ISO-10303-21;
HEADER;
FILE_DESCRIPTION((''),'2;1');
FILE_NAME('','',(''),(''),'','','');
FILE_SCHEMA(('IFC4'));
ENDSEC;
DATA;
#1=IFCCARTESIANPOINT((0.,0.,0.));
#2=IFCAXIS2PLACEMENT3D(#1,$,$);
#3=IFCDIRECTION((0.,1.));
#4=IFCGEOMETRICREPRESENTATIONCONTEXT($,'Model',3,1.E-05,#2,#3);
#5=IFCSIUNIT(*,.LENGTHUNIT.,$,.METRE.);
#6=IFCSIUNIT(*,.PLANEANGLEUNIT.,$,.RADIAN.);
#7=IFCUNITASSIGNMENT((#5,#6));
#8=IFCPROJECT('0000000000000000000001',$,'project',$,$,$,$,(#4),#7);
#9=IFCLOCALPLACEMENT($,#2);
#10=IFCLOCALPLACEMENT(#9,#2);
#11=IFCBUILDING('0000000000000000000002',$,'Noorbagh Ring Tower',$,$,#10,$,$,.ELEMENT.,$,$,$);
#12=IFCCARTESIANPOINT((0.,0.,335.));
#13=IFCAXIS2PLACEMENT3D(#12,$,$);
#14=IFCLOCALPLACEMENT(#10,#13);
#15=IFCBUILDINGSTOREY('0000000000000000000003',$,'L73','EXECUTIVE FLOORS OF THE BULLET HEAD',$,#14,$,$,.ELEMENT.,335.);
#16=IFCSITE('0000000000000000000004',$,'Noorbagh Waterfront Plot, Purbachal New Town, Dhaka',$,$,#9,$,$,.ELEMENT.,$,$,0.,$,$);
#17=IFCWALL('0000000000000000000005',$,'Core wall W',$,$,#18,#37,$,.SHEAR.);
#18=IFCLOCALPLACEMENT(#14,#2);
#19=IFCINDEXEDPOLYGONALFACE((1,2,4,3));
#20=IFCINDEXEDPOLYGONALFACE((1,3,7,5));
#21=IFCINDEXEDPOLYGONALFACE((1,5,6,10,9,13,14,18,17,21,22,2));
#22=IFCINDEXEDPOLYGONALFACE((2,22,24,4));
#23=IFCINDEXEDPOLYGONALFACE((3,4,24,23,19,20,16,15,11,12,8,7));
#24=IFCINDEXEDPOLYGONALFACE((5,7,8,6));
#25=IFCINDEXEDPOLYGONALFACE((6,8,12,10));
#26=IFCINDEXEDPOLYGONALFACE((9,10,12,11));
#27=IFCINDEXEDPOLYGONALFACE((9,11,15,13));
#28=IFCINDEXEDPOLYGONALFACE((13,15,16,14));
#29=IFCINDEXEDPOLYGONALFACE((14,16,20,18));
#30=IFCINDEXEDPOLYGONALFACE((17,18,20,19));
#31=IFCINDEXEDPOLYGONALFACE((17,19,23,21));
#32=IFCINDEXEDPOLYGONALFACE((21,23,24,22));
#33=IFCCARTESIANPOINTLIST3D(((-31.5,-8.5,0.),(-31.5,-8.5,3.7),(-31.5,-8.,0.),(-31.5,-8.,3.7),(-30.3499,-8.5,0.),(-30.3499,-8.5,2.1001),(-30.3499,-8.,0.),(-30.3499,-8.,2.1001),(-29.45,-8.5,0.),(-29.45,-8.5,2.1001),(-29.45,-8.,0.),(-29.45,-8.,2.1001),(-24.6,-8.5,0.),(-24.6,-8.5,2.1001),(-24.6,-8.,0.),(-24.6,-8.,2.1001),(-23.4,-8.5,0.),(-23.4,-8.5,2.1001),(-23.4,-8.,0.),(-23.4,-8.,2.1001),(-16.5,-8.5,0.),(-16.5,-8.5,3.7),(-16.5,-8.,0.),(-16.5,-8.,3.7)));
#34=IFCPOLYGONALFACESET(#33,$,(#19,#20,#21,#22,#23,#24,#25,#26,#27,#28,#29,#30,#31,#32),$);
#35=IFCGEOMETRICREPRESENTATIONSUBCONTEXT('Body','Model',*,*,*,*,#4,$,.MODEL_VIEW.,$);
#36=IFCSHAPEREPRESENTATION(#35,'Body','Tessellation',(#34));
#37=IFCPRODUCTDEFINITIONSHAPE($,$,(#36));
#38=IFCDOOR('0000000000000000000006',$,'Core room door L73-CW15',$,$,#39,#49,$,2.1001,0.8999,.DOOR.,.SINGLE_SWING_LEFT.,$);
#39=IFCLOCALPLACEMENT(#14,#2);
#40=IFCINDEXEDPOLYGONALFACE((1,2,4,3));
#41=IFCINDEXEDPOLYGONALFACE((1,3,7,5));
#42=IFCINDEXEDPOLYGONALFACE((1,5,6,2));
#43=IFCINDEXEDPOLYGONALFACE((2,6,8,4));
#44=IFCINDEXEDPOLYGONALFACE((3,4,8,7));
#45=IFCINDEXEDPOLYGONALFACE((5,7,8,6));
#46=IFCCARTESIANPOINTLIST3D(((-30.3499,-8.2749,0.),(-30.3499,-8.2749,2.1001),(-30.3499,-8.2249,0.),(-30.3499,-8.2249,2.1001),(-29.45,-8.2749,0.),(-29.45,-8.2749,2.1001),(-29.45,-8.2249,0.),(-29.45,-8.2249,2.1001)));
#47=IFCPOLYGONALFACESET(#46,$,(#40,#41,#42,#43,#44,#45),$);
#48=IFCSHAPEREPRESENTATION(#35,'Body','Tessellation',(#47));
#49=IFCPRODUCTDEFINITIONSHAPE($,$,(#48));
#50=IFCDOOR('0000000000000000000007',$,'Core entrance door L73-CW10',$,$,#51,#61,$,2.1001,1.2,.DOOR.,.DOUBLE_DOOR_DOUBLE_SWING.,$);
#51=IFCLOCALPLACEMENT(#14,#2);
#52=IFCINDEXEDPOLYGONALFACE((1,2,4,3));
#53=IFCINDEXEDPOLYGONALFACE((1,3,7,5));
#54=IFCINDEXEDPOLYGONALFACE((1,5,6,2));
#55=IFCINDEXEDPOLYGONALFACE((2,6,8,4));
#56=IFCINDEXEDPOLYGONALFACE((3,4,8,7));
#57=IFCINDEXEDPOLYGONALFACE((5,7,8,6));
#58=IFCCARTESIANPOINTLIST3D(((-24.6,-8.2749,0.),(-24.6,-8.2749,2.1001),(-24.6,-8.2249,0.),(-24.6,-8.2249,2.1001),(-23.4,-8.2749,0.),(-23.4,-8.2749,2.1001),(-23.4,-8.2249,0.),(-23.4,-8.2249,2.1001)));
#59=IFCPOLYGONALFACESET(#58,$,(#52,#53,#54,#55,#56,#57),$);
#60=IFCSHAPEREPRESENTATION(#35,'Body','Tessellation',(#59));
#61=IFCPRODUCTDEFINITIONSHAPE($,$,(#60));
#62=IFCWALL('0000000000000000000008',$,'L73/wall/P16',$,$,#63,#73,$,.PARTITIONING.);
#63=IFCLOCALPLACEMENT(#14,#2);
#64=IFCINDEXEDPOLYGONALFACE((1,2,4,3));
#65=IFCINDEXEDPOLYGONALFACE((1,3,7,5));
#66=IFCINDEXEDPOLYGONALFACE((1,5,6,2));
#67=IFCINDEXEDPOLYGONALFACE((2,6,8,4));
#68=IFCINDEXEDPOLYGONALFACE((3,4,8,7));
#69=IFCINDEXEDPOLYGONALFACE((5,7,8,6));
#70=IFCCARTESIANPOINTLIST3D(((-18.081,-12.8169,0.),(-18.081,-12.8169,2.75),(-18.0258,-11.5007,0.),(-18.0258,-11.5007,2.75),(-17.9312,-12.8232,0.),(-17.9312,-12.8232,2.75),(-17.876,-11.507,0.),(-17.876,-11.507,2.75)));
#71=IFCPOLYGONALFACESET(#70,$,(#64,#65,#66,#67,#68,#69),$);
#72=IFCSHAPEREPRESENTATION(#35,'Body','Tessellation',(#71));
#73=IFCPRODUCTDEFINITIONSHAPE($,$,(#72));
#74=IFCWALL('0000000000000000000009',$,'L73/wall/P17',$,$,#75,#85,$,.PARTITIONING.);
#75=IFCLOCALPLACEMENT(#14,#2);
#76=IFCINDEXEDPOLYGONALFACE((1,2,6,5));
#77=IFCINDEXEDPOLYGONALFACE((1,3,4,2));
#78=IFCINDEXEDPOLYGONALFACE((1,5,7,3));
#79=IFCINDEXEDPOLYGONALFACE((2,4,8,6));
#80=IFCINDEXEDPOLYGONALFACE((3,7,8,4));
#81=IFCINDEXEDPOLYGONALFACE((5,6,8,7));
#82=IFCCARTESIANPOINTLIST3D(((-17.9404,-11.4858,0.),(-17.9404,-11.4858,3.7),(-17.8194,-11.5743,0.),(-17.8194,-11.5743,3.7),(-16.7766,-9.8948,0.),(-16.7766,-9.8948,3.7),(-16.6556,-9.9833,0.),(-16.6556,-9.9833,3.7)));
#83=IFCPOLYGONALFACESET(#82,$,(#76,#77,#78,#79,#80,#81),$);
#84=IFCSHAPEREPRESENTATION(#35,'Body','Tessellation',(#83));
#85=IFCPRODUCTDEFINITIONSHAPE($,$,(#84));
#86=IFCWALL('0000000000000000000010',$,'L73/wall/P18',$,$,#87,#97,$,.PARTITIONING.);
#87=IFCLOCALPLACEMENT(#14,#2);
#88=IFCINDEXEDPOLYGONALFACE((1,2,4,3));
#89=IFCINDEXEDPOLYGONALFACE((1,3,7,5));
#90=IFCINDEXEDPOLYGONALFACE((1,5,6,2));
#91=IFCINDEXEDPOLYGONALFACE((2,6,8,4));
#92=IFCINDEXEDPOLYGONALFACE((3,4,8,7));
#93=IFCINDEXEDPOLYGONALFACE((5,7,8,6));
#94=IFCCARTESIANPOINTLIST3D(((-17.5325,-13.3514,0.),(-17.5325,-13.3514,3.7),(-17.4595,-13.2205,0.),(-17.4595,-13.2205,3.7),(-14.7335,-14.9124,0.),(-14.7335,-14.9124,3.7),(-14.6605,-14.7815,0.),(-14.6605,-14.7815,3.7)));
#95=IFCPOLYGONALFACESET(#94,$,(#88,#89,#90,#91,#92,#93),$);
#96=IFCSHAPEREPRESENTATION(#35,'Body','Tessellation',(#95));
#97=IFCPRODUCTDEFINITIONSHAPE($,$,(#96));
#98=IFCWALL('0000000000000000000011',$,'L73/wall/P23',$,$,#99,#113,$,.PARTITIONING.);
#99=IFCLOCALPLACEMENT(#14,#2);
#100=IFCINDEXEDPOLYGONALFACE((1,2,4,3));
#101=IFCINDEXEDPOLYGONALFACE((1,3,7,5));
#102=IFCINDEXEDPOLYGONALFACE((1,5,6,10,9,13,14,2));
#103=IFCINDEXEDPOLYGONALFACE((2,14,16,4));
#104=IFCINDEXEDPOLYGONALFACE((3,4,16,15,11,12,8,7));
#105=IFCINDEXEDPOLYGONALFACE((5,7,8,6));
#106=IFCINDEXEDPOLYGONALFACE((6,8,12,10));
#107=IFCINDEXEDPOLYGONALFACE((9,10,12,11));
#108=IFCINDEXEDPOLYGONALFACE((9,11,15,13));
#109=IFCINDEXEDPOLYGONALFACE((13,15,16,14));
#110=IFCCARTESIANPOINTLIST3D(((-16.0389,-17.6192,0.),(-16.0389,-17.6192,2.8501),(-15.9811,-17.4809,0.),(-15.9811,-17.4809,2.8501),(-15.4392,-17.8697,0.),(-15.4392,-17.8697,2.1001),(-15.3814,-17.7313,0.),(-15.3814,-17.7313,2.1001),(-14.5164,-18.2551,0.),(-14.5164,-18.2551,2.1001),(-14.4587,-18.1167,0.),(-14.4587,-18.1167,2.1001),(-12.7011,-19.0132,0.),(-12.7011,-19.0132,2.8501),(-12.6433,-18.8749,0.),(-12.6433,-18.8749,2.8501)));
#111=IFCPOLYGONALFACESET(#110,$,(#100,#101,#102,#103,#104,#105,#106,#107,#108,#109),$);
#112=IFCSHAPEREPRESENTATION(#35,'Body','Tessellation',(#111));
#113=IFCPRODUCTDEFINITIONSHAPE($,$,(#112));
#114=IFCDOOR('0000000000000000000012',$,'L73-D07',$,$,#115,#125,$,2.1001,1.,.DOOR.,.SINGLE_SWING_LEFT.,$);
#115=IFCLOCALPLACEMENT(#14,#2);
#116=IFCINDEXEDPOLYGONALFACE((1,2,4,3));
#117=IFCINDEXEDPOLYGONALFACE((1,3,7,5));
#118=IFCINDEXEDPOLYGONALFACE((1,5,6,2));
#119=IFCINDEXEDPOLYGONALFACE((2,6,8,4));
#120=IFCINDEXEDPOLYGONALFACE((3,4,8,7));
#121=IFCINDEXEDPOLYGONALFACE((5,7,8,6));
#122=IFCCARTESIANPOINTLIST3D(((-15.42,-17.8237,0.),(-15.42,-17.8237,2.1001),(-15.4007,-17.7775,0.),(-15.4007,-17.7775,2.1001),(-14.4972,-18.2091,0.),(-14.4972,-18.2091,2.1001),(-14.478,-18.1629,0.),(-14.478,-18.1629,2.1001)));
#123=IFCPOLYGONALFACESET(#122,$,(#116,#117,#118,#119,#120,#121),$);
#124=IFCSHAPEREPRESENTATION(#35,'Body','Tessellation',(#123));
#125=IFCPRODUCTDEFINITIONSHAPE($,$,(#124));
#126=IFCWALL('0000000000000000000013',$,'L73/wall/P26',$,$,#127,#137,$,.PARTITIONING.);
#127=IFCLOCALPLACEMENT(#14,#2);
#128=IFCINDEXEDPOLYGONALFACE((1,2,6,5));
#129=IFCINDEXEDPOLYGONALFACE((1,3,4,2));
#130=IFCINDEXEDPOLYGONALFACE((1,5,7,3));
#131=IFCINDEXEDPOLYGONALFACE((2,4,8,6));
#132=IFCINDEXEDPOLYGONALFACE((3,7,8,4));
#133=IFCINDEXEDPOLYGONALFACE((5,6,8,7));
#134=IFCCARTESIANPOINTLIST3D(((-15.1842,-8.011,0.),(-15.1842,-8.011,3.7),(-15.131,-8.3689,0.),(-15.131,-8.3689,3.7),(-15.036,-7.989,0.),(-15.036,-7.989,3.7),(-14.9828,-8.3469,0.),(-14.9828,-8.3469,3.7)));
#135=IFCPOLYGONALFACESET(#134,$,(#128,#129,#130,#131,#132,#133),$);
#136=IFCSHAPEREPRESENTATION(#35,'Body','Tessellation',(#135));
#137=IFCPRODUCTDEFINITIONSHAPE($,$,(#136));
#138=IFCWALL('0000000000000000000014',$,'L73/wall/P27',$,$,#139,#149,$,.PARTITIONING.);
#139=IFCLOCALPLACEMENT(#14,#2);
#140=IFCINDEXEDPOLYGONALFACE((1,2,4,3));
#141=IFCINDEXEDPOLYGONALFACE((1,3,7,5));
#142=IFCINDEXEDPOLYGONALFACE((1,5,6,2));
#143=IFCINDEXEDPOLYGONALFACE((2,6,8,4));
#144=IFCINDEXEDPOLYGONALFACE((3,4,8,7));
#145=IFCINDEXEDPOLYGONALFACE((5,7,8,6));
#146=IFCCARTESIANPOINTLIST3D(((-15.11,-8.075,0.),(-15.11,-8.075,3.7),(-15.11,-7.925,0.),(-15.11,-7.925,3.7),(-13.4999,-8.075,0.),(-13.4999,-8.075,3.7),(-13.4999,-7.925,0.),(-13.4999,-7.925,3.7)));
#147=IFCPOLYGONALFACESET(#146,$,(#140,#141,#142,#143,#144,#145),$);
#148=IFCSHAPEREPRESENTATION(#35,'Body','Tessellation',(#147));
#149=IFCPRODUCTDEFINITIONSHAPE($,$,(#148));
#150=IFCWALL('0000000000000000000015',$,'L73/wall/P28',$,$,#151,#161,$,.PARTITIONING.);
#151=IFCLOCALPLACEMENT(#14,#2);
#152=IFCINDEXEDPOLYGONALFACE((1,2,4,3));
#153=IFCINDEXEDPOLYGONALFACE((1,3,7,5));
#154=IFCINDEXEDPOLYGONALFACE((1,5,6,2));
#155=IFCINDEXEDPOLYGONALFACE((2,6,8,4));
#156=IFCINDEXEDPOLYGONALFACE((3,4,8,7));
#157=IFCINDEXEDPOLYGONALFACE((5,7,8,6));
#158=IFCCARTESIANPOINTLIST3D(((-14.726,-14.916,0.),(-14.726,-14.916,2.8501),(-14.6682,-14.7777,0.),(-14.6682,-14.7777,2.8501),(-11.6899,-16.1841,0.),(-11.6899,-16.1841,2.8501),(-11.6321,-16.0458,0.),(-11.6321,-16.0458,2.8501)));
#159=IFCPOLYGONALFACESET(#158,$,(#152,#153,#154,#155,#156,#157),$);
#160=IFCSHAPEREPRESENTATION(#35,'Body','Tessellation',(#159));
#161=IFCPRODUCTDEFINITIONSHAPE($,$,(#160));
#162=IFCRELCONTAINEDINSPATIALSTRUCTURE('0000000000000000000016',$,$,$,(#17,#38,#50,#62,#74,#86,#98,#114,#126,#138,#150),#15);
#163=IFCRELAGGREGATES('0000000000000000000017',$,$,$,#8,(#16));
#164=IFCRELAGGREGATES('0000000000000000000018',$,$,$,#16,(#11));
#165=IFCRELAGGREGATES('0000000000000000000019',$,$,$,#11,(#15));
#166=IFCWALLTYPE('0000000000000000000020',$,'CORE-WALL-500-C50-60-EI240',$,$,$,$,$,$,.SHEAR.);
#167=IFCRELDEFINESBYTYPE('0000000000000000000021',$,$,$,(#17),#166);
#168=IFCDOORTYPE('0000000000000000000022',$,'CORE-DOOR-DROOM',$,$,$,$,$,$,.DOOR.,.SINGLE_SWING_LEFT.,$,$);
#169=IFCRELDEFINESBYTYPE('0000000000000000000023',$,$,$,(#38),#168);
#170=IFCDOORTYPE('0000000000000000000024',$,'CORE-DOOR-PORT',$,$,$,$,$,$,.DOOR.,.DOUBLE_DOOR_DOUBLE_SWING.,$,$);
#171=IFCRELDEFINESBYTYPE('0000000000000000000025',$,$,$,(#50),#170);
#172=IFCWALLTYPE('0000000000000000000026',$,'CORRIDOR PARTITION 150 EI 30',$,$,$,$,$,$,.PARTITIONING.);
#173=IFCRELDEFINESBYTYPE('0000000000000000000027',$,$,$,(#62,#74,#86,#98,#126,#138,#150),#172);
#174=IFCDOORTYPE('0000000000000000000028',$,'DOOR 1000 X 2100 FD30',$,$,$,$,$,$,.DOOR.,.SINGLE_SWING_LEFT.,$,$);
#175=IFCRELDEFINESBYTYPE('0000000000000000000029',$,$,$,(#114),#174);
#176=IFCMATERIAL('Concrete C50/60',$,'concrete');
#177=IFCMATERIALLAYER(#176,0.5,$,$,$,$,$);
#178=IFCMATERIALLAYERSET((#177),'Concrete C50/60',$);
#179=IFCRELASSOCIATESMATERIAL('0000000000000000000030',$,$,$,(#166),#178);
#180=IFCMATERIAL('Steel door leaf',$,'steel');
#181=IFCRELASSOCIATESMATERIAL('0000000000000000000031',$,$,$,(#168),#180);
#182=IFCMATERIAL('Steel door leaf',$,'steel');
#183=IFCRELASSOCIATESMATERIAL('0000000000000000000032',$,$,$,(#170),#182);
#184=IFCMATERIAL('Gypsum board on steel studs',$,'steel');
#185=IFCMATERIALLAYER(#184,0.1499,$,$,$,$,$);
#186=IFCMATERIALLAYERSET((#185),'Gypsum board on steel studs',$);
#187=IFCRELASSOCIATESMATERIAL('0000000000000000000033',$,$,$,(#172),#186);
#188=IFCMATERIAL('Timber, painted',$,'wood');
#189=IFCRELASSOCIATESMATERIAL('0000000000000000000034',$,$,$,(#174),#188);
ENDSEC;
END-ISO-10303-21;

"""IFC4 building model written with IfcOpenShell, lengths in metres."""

from ifc_helpers import new_model, si_unit, direction, frame, frame_2d, origin, place, context, subcontext, project, spatial, rectangle, extrude, material, layer, layer_set, type_object, element, fill, save


model = new_model("IFC4")

# Units and contexts
model_context = context("Model", 3, precision=1e-05, world=origin(), true_north=direction((0.0, 1.0)))
body_context = subcontext(model_context, "Body", "Model", "MODEL_VIEW")
ifc_project = project(units=[si_unit("LENGTHUNIT", "METRE"), si_unit("PLANEANGLEUNIT", "RADIAN")], contexts=[model_context])

# Site, building, storey
site_placement = place(None, origin())
site = spatial("IfcSite", under=ifc_project, at=site_placement, Name="Noorbagh Waterfront Plot, Purbachal New Town, Dhaka", CompositionType="ELEMENT", RefElevation=0.0)
building_placement = place(site_placement, origin())
building = spatial("IfcBuilding", under=site, at=building_placement, Name="Noorbagh Ring Tower", CompositionType="ELEMENT")
storey_placement = place(building_placement, frame((0.0, 0.0, 335.0)))
storey = spatial("IfcBuildingStorey", under=building, at=storey_placement, Name="L73", Description="EXECUTIVE FLOORS OF THE BULLET HEAD", CompositionType="ELEMENT", Elevation=335.0)

# Wall, openings, doors
ifc_material_1 = material(Name="Concrete C50/60", Category="concrete")
ifc_layer_1 = layer(ifc_material_1, 0.5)
ifc_layer_set_1 = layer_set([ifc_layer_1], Name="Concrete C50/60")
wall_type_1 = type_object("IfcWallType", Name="CORE-WALL-500-C50-60-EI240", PredefinedType="SHEAR", material=ifc_layer_set_1)
wall_1_placement = place(storey_placement, frame((-16.5, -8.25, 0.0), z_axis=(0.0, 0.0, 1.0), x_axis=(-1.0, 0.0, 0.0)))
wall_1 = element("IfcWall", 1, at=wall_1_placement, inside=storey, type_object=wall_type_1, Name="Core wall W", PredefinedType="SHEAR", context=body_context, shape_type="SweptSolid", body=[
    extrude(rectangle(XDim=15.0, YDim=0.5, at=frame_2d((7.5, 0.0))), origin(), (0.0, 0.0, 1.0), 3.7),
])
opening_1_placement = place(wall_1_placement, frame((6.8999, 0.0, 0.0)))
opening_1 = element("IfcOpeningElement", 2, at=opening_1_placement, cuts=wall_1, PredefinedType="OPENING", context=body_context, shape_type="SweptSolid", body=[
    extrude(rectangle(XDim=1.2, YDim=2.1001, at=frame_2d((0.6001, 1.05))), frame((0.0, 0.26, 0.0), z_axis=(0.0, -1.0, 0.0), x_axis=(1.0, 0.0, 0.0)), (0.0, 0.0, 1.0), 0.52),
])
opening_2_placement = place(wall_1_placement, frame((12.95, 0.0, 0.0)))
opening_2 = element("IfcOpeningElement", 3, at=opening_2_placement, cuts=wall_1, PredefinedType="OPENING", context=body_context, shape_type="SweptSolid", body=[
    extrude(rectangle(XDim=0.8999, YDim=2.1001, at=frame_2d((0.45, 1.05))), frame((0.0, 0.26, 0.0), z_axis=(0.0, -1.0, 0.0), x_axis=(1.0, 0.0, 0.0)), (0.0, 0.0, 1.0), 0.52),
])
ifc_material_2 = material(Name="Steel door leaf", Category="steel")
door_type_1 = type_object("IfcDoorType", Name="CORE-DOOR-DROOM", OperationType="SINGLE_SWING_LEFT", PredefinedType="DOOR", material=ifc_material_2)
door_1_placement = place(opening_2_placement, origin())
door_1 = element("IfcDoor", 4, at=door_1_placement, inside=storey, type_object=door_type_1, Name="Core room door L73-CW15", OperationType="SINGLE_SWING_LEFT", OverallHeight=2.1001, OverallWidth=0.8999, PredefinedType="DOOR", context=body_context, shape_type="SweptSolid", body=[
    extrude(rectangle(XDim=0.8999, YDim=2.1001, at=frame_2d((0.45, 1.05))), frame((0.0, 0.0249, 0.0), z_axis=(0.0, -1.0, 0.0), x_axis=(1.0, 0.0, 0.0)), (0.0, 0.0, 1.0), 0.05),
])
fill(opening_2, door_1)
ifc_material_3 = material(Name="Steel door leaf", Category="steel")
door_type_2 = type_object("IfcDoorType", Name="CORE-DOOR-PORT", OperationType="DOUBLE_DOOR_DOUBLE_SWING", PredefinedType="DOOR", material=ifc_material_3)
door_2_placement = place(opening_1_placement, origin())
door_2 = element("IfcDoor", 5, at=door_2_placement, inside=storey, type_object=door_type_2, Name="Core entrance door L73-CW10", OperationType="DOUBLE_DOOR_DOUBLE_SWING", OverallHeight=2.1001, OverallWidth=1.2, PredefinedType="DOOR", context=body_context, shape_type="SweptSolid", body=[
    extrude(rectangle(XDim=1.2, YDim=2.1001, at=frame_2d((0.6001, 1.05))), frame((0.0, 0.0249, 0.0), z_axis=(0.0, -1.0, 0.0), x_axis=(1.0, 0.0, 0.0)), (0.0, 0.0, 1.0), 0.05),
])
fill(opening_1, door_2)

# Walls
ifc_material_4 = material(Name="Gypsum board on steel studs", Category="steel")
ifc_layer_2 = layer(ifc_material_4, 0.1499)
ifc_layer_set_2 = layer_set([ifc_layer_2], Name="Gypsum board on steel studs")
wall_type_2 = type_object("IfcWallType", Name="CORRIDOR PARTITION 150 EI 30", PredefinedType="PARTITIONING", material=ifc_layer_set_2)
wall_2_placement = place(storey_placement, frame((-18.0061, -12.8201, 0.0), z_axis=(0.0, 0.0, 1.0), x_axis=(0.041885, 0.999122, 0.0)))
element("IfcWall", 6, at=wall_2_placement, inside=storey, type_object=wall_type_2, Name="L73/wall/P16", PredefinedType="PARTITIONING", context=body_context, shape_type="SweptSolid", body=[
    extrude(rectangle(XDim=1.3174, YDim=0.1499, at=frame_2d((0.6587, 0.0))), origin(), (0.0, 0.0, 1.0), 2.75),
])
wall_3_placement = place(storey_placement, frame((-17.8799, -11.53, 0.0), z_axis=(0.0, 0.0, 1.0), x_axis=(0.590386, 0.807121, 0.0)))
element("IfcWall", 7, at=wall_3_placement, inside=storey, type_object=wall_type_2, Name="L73/wall/P17", PredefinedType="PARTITIONING", context=body_context, shape_type="SweptSolid", body=[
    extrude(rectangle(XDim=1.9712, YDim=0.1499, at=frame_2d((0.9856, 0.0))), origin(), (0.0, 0.0, 1.0), 3.7),
])
wall_4_placement = place(storey_placement, frame((-17.4961, -13.2859, 0.0), z_axis=(0.0, 0.0, 1.0), x_axis=(0.873362, -0.487072, 0.0)))
element("IfcWall", 8, at=wall_4_placement, inside=storey, type_object=wall_type_2, Name="L73/wall/P18", PredefinedType="PARTITIONING", context=body_context, shape_type="SweptSolid", body=[
    extrude(rectangle(XDim=3.2048, YDim=0.1499, at=frame_2d((1.6025, 0.0))), origin(), (0.0, 0.0, 1.0), 3.7),
])

# Wall, opening, door
wall_5_placement = place(storey_placement, frame((-16.01, -17.55, 0.0), z_axis=(0.0, 0.0, 1.0), x_axis=(0.922757, -0.385382, 0.0)))
wall_5 = element("IfcWall", 9, at=wall_5_placement, inside=storey, type_object=wall_type_2, Name="L73/wall/P23", PredefinedType="PARTITIONING", context=body_context, shape_type="SweptSolid", body=[
    extrude(rectangle(XDim=3.6172, YDim=0.1499, at=frame_2d((1.8086, 0.0))), origin(), (0.0, 0.0, 1.0), 2.8501),
])
opening_3_placement = place(wall_5_placement, frame((0.6499, 0.0, 0.0)))
opening_3 = element("IfcOpeningElement", 10, at=opening_3_placement, cuts=wall_5, PredefinedType="OPENING", context=body_context, shape_type="SweptSolid", body=[
    extrude(rectangle(XDim=1.0, YDim=2.1001, at=frame_2d((0.5, 1.05))), frame((0.0, 0.085, 0.0), z_axis=(0.0, -1.0, 0.0), x_axis=(1.0, 0.0, 0.0)), (0.0, 0.0, 1.0), 0.1699),
])
ifc_material_5 = material(Name="Timber, painted", Category="wood")
door_type_3 = type_object("IfcDoorType", Name="DOOR 1000 X 2100 FD30", OperationType="SINGLE_SWING_LEFT", PredefinedType="DOOR", material=ifc_material_5)
door_3_placement = place(opening_3_placement, origin())
door_3 = element("IfcDoor", 11, at=door_3_placement, inside=storey, type_object=door_type_3, Name="L73-D07", OperationType="SINGLE_SWING_LEFT", OverallHeight=2.1001, OverallWidth=1.0, PredefinedType="DOOR", context=body_context, shape_type="SweptSolid", body=[
    extrude(rectangle(XDim=1.0, YDim=2.1001, at=frame_2d((0.5, 1.05))), frame((0.0, 0.0249, 0.0), z_axis=(0.0, -1.0, 0.0), x_axis=(1.0, 0.0, 0.0)), (0.0, 0.0, 1.0), 0.05),
])
fill(opening_3, door_3)

# Walls
wall_6_placement = place(storey_placement, frame((-15.1101, -8.0, 0.0), z_axis=(0.0, 0.0, 1.0), x_axis=(0.147087, -0.989124, 0.0)))
element("IfcWall", 12, at=wall_6_placement, inside=storey, type_object=wall_type_2, Name="L73/wall/P26", PredefinedType="PARTITIONING", context=body_context, shape_type="SweptSolid", body=[
    extrude(rectangle(XDim=0.3618, YDim=0.1499, at=frame_2d((0.1809, 0.0))), origin(), (0.0, 0.0, 1.0), 3.7),
])
wall_7_placement = place(storey_placement, frame((-15.1101, -8.0, 0.0), z_axis=(0.0, 0.0, 1.0), x_axis=(1.0, 0.0, 0.0)))
element("IfcWall", 13, at=wall_7_placement, inside=storey, type_object=wall_type_2, Name="L73/wall/P27", PredefinedType="PARTITIONING", context=body_context, shape_type="SweptSolid", body=[
    extrude(rectangle(XDim=1.6101, YDim=0.1499, at=frame_2d((0.8052, 0.0))), origin(), (0.0, 0.0, 1.0), 3.7),
])
wall_8_placement = place(storey_placement, frame((-14.697, -14.8469, 0.0), z_axis=(0.0, 0.0, 1.0), x_axis=(0.922752, -0.385395, 0.0)))
element("IfcWall", 14, at=wall_8_placement, inside=storey, type_object=wall_type_2, Name="L73/wall/P28", PredefinedType="PARTITIONING", context=body_context, shape_type="SweptSolid", body=[
    extrude(rectangle(XDim=3.2903, YDim=0.1499, at=frame_2d((1.645, 0.0))), origin(), (0.0, 0.0, 1.0), 2.8501),
])

save(model, "model.ifc")
